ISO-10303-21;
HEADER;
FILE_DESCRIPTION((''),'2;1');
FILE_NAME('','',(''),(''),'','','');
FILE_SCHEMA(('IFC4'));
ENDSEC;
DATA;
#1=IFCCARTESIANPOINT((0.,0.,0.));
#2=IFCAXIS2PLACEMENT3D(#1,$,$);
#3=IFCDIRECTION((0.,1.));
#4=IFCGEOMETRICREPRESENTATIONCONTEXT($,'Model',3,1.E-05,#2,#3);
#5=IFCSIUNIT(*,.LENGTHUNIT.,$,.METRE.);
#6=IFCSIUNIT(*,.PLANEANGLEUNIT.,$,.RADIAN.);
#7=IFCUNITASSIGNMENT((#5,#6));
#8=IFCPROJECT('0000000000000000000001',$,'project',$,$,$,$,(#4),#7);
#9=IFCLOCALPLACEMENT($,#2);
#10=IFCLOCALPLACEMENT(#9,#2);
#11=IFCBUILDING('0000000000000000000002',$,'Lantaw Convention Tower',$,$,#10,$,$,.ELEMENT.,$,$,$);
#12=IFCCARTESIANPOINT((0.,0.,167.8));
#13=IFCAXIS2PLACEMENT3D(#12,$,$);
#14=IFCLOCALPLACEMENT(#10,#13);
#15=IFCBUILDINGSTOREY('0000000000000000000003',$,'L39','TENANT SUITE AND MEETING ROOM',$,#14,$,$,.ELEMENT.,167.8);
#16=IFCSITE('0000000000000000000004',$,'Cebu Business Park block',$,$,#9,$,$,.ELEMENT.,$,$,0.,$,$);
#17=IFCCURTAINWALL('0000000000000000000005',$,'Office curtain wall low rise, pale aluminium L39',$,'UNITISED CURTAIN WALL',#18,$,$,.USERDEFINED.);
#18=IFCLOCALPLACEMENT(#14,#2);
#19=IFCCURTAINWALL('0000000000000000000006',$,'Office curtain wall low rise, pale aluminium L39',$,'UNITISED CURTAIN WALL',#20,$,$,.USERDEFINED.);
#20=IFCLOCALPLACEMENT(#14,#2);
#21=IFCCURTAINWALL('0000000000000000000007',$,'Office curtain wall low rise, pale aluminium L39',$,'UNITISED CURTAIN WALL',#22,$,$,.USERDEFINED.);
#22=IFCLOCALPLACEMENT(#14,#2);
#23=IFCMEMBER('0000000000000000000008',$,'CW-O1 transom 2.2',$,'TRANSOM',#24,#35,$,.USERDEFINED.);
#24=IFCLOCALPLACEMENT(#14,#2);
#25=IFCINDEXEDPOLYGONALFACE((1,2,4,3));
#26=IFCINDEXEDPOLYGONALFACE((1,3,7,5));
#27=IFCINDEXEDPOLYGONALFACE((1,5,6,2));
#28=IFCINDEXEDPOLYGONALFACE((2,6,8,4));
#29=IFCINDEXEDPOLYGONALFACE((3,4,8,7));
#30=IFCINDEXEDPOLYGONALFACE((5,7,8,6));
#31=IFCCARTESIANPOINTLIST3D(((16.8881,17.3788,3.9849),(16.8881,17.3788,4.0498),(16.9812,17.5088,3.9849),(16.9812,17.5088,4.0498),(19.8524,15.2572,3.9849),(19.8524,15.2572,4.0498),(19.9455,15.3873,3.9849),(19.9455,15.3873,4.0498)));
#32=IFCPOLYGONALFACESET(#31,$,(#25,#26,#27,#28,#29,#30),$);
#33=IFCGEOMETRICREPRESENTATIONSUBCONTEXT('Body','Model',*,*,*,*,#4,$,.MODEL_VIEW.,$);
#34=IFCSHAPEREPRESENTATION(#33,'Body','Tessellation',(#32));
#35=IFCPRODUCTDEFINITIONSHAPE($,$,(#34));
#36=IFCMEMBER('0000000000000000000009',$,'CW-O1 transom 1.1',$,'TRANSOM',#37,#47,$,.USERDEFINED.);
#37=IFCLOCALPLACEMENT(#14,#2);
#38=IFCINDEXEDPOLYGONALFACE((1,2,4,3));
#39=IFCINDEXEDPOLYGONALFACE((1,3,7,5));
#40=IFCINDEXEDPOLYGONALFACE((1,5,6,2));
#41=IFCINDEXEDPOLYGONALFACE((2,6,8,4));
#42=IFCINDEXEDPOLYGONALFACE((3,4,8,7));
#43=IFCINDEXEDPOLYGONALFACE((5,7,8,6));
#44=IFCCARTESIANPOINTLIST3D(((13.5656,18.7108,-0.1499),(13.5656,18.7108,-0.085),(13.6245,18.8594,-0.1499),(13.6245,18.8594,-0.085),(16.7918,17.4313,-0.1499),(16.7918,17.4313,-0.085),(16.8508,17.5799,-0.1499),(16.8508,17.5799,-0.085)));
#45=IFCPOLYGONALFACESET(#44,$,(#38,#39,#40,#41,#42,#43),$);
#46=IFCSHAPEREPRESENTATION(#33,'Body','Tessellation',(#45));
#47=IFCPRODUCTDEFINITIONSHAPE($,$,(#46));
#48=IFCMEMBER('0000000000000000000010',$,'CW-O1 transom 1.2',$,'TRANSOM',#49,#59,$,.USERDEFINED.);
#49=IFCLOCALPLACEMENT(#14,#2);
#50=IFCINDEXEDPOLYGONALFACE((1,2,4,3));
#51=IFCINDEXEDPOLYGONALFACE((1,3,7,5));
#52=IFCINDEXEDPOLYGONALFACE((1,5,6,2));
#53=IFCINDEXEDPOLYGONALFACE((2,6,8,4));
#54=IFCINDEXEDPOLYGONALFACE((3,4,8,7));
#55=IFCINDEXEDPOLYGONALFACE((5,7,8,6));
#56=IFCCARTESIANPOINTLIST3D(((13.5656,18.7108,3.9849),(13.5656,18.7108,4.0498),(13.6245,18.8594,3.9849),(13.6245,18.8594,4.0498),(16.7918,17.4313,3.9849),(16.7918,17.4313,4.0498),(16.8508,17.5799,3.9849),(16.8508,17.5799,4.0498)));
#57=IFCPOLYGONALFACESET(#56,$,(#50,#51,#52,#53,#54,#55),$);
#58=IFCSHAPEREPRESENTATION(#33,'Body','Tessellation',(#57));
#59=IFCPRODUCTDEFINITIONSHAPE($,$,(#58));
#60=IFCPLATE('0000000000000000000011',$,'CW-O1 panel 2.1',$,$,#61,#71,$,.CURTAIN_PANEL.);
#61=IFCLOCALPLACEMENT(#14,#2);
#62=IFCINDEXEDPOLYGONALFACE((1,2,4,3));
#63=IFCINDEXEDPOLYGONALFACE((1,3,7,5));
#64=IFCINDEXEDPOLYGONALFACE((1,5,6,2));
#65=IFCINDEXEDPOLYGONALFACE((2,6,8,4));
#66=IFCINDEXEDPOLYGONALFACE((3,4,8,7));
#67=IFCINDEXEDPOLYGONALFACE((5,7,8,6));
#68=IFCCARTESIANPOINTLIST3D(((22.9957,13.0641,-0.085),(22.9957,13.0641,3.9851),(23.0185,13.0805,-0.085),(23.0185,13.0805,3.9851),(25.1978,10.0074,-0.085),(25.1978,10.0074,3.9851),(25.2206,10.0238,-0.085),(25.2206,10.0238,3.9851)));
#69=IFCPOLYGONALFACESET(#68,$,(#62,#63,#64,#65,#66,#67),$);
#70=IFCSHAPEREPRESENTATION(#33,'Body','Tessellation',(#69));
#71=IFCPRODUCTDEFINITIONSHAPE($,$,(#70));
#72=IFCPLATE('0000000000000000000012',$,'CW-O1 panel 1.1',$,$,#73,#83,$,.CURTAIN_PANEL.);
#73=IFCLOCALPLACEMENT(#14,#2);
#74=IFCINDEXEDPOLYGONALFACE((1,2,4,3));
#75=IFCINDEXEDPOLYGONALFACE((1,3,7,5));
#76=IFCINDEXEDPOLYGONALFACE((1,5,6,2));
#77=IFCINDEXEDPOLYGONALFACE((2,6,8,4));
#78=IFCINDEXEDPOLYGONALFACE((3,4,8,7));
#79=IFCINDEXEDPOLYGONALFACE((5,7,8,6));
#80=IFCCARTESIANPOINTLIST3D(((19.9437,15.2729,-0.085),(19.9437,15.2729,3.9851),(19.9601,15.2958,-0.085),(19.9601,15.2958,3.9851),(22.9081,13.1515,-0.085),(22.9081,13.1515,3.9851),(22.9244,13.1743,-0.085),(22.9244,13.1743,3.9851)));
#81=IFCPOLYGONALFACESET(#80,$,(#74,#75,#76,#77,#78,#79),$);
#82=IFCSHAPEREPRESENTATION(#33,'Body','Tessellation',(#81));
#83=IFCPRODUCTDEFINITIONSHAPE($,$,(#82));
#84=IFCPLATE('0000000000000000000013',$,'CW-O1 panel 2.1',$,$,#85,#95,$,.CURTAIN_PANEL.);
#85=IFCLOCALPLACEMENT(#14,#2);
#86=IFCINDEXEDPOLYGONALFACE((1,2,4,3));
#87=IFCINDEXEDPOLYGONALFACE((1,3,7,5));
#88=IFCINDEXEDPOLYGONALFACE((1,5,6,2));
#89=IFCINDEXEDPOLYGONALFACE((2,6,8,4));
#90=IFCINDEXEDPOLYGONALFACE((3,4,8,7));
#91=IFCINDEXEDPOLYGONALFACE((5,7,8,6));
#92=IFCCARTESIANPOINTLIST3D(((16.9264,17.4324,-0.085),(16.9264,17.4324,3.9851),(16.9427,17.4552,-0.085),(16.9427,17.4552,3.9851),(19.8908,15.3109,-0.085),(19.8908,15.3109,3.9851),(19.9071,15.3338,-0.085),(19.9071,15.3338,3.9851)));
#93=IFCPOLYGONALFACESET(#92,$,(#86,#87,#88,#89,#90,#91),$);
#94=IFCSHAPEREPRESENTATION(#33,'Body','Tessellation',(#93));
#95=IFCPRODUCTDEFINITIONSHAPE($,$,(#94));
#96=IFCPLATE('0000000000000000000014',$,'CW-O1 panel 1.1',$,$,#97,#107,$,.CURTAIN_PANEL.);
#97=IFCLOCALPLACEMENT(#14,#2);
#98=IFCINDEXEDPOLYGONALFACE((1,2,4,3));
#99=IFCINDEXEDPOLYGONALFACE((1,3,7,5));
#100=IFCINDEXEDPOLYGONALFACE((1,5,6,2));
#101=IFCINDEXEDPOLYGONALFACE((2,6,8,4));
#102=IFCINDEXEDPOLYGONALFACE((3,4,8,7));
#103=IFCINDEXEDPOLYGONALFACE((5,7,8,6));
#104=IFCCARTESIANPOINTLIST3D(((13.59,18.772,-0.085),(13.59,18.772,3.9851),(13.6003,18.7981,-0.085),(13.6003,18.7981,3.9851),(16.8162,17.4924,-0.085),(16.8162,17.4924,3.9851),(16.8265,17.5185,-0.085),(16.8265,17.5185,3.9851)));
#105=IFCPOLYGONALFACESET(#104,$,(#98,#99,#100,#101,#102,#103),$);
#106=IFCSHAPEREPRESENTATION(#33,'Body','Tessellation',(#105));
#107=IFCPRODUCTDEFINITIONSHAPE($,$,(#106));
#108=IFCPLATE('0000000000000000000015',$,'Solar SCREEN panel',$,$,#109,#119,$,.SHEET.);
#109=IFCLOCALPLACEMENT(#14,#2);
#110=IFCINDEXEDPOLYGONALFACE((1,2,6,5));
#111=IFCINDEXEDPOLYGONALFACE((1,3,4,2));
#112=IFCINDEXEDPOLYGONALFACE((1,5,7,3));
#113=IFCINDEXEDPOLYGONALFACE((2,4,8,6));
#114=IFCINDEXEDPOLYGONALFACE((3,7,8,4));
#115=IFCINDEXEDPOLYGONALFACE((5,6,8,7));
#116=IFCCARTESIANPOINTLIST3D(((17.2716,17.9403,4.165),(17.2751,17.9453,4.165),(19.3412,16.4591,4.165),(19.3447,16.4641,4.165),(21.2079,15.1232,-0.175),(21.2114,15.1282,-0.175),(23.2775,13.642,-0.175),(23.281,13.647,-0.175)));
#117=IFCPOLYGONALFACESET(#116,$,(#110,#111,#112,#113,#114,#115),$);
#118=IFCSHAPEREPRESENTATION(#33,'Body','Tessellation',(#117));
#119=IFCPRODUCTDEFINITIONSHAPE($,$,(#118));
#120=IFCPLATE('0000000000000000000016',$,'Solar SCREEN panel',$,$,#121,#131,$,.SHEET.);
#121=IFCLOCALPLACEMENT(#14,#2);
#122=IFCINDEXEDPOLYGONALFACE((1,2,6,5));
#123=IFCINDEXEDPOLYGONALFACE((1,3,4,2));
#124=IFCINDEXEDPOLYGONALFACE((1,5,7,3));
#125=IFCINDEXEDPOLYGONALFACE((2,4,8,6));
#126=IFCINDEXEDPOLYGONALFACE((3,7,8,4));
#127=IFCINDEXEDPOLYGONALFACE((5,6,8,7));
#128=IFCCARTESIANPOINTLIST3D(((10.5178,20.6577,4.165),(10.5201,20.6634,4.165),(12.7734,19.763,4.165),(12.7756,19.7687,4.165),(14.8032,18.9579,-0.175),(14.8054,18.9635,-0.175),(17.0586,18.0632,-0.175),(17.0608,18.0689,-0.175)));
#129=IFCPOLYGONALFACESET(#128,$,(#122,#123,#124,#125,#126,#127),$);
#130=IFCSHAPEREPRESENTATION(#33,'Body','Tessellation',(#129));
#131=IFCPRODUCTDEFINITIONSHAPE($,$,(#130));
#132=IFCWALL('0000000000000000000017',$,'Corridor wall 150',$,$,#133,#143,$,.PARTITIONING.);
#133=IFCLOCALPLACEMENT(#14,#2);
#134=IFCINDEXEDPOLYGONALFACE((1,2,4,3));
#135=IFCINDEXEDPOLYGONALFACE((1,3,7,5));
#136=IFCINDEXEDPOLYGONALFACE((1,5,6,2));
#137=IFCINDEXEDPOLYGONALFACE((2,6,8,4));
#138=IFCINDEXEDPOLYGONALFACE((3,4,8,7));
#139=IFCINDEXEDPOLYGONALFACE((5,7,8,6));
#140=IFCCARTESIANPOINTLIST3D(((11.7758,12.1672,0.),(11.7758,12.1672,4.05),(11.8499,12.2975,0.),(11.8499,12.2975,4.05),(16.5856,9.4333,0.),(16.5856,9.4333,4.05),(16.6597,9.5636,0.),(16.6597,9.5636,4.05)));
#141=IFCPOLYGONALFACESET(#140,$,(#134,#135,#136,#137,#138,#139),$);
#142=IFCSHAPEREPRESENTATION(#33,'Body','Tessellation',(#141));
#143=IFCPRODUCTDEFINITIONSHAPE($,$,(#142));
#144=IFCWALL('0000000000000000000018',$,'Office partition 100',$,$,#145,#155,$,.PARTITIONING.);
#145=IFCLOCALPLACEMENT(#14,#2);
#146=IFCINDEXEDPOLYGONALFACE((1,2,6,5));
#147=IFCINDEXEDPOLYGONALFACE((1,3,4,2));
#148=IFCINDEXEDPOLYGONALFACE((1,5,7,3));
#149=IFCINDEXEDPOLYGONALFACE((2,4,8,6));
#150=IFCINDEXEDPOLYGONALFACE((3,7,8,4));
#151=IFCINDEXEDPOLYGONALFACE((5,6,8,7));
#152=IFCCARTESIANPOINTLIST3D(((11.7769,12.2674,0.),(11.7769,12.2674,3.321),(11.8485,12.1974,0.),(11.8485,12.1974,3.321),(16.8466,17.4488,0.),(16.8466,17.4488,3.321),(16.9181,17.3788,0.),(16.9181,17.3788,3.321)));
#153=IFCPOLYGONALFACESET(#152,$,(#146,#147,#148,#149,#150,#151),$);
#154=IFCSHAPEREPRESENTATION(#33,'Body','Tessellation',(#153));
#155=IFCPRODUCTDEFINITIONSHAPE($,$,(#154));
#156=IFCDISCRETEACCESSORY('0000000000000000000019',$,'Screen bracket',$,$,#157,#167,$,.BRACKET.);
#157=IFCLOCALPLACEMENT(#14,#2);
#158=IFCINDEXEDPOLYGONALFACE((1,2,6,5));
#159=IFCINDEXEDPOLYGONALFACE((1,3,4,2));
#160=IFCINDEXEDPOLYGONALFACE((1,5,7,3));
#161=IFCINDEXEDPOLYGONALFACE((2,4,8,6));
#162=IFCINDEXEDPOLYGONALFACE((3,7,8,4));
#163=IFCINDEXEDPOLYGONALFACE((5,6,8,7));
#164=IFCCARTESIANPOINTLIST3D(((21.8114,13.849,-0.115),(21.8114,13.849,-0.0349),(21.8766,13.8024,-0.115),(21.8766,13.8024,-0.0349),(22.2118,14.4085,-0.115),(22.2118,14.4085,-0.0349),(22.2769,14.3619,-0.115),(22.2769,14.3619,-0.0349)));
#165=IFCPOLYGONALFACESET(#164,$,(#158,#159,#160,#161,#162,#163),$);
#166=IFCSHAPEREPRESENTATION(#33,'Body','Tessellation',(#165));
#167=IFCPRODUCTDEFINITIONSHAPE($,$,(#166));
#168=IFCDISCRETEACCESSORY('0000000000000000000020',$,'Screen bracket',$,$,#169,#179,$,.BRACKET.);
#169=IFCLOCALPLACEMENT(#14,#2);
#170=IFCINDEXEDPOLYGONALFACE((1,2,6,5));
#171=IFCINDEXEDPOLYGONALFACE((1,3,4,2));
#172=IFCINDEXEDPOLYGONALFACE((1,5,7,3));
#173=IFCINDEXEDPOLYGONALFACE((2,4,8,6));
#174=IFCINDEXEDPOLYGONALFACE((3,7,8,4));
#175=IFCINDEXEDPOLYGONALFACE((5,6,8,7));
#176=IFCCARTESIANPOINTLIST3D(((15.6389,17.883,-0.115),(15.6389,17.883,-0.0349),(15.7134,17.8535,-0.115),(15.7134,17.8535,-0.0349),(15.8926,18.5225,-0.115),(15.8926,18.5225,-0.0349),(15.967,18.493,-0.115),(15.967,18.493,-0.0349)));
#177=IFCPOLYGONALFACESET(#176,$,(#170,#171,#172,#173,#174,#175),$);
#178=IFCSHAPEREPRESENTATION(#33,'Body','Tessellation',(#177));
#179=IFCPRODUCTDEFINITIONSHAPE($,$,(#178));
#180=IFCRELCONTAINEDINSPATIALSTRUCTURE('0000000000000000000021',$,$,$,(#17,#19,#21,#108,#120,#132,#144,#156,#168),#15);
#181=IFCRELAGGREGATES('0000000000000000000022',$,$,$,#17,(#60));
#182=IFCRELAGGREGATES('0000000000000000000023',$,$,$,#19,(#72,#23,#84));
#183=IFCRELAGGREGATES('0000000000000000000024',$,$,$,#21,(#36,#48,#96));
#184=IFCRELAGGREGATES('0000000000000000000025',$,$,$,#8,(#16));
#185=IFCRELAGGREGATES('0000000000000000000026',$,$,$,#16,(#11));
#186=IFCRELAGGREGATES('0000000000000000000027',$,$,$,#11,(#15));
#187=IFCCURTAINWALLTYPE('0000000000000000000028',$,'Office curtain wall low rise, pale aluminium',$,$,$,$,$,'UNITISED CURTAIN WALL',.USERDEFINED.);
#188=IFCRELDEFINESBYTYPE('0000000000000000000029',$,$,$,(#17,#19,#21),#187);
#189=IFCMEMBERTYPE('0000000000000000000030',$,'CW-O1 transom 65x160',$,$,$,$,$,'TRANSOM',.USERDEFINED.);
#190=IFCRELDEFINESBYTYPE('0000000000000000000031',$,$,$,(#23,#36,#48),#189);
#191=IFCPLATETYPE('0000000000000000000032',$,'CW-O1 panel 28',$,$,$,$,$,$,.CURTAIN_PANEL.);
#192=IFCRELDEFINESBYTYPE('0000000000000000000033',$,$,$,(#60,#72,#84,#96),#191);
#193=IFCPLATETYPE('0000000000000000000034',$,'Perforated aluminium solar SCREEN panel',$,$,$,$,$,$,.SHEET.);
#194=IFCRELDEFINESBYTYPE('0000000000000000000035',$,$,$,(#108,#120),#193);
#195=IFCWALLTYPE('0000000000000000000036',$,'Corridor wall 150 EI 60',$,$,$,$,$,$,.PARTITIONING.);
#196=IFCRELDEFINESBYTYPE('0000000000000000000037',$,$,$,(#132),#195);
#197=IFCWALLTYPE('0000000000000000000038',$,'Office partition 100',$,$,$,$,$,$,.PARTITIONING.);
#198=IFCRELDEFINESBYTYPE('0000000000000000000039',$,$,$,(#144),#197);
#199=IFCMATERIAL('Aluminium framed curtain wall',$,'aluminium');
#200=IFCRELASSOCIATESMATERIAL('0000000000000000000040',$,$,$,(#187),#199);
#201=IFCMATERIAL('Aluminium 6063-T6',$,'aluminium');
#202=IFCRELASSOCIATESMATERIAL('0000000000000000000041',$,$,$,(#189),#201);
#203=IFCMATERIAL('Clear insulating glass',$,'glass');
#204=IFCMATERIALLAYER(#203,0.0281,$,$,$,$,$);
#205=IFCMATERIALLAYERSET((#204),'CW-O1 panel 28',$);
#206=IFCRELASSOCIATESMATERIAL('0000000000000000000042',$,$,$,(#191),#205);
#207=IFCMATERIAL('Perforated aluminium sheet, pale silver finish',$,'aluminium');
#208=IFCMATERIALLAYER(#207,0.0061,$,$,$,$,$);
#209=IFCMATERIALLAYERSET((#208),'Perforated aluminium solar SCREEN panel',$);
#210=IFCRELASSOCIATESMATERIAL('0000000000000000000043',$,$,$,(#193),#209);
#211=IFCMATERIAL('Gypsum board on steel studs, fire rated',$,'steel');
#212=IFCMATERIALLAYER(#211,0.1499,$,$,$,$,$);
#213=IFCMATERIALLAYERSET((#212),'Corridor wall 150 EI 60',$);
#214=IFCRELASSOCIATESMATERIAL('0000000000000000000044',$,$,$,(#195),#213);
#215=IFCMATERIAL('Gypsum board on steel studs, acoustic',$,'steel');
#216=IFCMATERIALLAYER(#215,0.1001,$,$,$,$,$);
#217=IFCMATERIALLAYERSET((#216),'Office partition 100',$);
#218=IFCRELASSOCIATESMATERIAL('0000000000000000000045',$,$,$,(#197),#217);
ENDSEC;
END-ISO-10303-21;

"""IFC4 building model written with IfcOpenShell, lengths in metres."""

from ifc_helpers import new_model, si_unit, direction, frame, frame_2d, origin, origin_2d, place, context, subcontext, project, spatial, polyline, rectangle, outline, extrude, material, layer, layer_set, material_profile, profile_set, type_object, element, aggregate, save


model = new_model("IFC4")

# Units and contexts
model_context = context("Model", 3, precision=1e-05, world=origin(), true_north=direction((0.0, 1.0)))
body_context = subcontext(model_context, "Body", "Model", "MODEL_VIEW")
ifc_project = project(units=[si_unit("LENGTHUNIT", "METRE"), si_unit("PLANEANGLEUNIT", "RADIAN")], contexts=[model_context])

# Site, building, storey
site_placement = place(None, origin())
site = spatial("IfcSite", under=ifc_project, at=site_placement, Name="Cebu Business Park block", CompositionType="ELEMENT", RefElevation=0.0)
building_placement = place(site_placement, origin())
building = spatial("IfcBuilding", under=site, at=building_placement, Name="Lantaw Convention Tower", CompositionType="ELEMENT")
storey_placement = place(building_placement, frame((0.0, 0.0, 167.8)))
storey = spatial("IfcBuildingStorey", under=building, at=storey_placement, Name="L39", Description="TENANT SUITE AND MEETING ROOM", CompositionType="ELEMENT", Elevation=167.8)

# Curtain walls
ifc_material_1 = material(Name="Aluminium framed curtain wall", Category="aluminium")
curtain_wall_type = type_object("IfcCurtainWallType", Name="Office curtain wall low rise, pale aluminium", ElementType="UNITISED CURTAIN WALL", PredefinedType="USERDEFINED", material=ifc_material_1)
curtain_wall_1_placement = place(storey_placement, origin())
curtain_wall_1 = element("IfcCurtainWall", 1, at=curtain_wall_1_placement, inside=storey, type_object=curtain_wall_type, Name="Office curtain wall low rise, pale aluminium L39", ObjectType="UNITISED CURTAIN WALL", PredefinedType="USERDEFINED")
ifc_material_2 = material(Name="Aluminium 6063-T6", Category="aluminium")
curtain_wall_2_placement = place(storey_placement, origin())
curtain_wall_2 = element("IfcCurtainWall", 2, at=curtain_wall_2_placement, inside=storey, type_object=curtain_wall_type, Name="Office curtain wall low rise, pale aluminium L39", ObjectType="UNITISED CURTAIN WALL", PredefinedType="USERDEFINED")

# Curtain wall
curtain_wall_3_placement = place(storey_placement, origin())
curtain_wall_3 = element("IfcCurtainWall", 3, at=curtain_wall_3_placement, inside=storey, type_object=curtain_wall_type, Name="Office curtain wall low rise, pale aluminium L39", ObjectType="UNITISED CURTAIN WALL", PredefinedType="USERDEFINED")

# Members
ifc_material_profile_1 = material_profile(ifc_material_2, rectangle(XDim=0.1599, YDim=0.0649, at=origin_2d()), Name="CW-O1 transom 65x160")
ifc_profile_set_1 = profile_set([ifc_material_profile_1], Name="Aluminium 6063-T6")
member_type_1 = type_object("IfcMemberType", Name="CW-O1 transom 65x160", ElementType="TRANSOM", PredefinedType="USERDEFINED", material=ifc_profile_set_1)
member_1_placement = place(storey_placement, frame((19.8989, 15.3223, 4.0173), z_axis=(-0.81319, 0.581998, 0.0), x_axis=(-0.581998, -0.81319, 0.0)))
member_1 = element("IfcMember", 4, at=member_1_placement, type_object=member_type_1, Name="CW-O1 transom 2.2", ObjectType="TRANSOM", PredefinedType="USERDEFINED", context=body_context, shape_type="SweptSolid", body=[
    extrude(rectangle(XDim=0.1599, YDim=0.0649, at=origin_2d()), origin(), (0.0, 0.0, 1.0), 3.6453),
])
member_2_placement = place(storey_placement, frame((16.8213, 17.5056, -0.1174), z_axis=(-0.929564, 0.36866, 0.0), x_axis=(-0.36866, -0.929564, 0.0)))
member_2 = element("IfcMember", 5, at=member_2_placement, type_object=member_type_1, Name="CW-O1 transom 1.1", ObjectType="TRANSOM", PredefinedType="USERDEFINED", context=body_context, shape_type="SweptSolid", body=[
    extrude(rectangle(XDim=0.1599, YDim=0.0649, at=origin_2d()), origin(), (0.0, 0.0, 1.0), 3.4707),
])
member_3_placement = place(storey_placement, frame((16.8213, 17.5056, 4.0173), z_axis=(-0.929564, 0.36866, 0.0), x_axis=(-0.36866, -0.929564, 0.0)))
member_3 = element("IfcMember", 6, at=member_3_placement, type_object=member_type_1, Name="CW-O1 transom 1.2", ObjectType="TRANSOM", PredefinedType="USERDEFINED", context=body_context, shape_type="SweptSolid", body=[
    extrude(rectangle(XDim=0.1599, YDim=0.0649, at=origin_2d()), origin(), (0.0, 0.0, 1.0), 3.4707),
])

# Plates
ifc_material_3 = material(Name="Clear insulating glass", Category="glass")
ifc_layer_1 = layer(ifc_material_3, 0.0281)
ifc_layer_set_1 = layer_set([ifc_layer_1], Name="CW-O1 panel 28")
plate_type_1 = type_object("IfcPlateType", Name="CW-O1 panel 28", PredefinedType="CURTAIN_PANEL", material=ifc_layer_set_1)
plate_1_placement = place(storey_placement, frame((24.1082, 11.5439, -0.085), z_axis=(0.0, 0.0, 1.0), x_axis=(-0.584513, 0.811385, 0.0)))
plate_1 = element("IfcPlate", 7, at=plate_1_placement, type_object=plate_type_1, Name="CW-O1 panel 2.1", PredefinedType="CURTAIN_PANEL", context=body_context, shape_type="SweptSolid", body=[
    extrude(rectangle(XDim=3.7673, YDim=0.0281, at=origin_2d()), origin(), (0.0, 0.0, 1.0), 4.0701),
])
aggregate(curtain_wall_1, [plate_1])
plate_2_placement = place(storey_placement, frame((21.4341, 14.2236, -0.085), z_axis=(0.0, 0.0, 1.0), x_axis=(-0.813208, 0.581973, 0.0)))
plate_2 = element("IfcPlate", 8, at=plate_2_placement, type_object=plate_type_1, Name="CW-O1 panel 1.1", PredefinedType="CURTAIN_PANEL", context=body_context, shape_type="SweptSolid", body=[
    extrude(rectangle(XDim=3.6453, YDim=0.0281, at=origin_2d()), origin(), (0.0, 0.0, 1.0), 4.0701),
])
plate_3_placement = place(storey_placement, frame((18.4167, 16.3831, -0.085), z_axis=(0.0, 0.0, 1.0), x_axis=(-0.813208, 0.581973, 0.0)))
plate_3 = element("IfcPlate", 9, at=plate_3_placement, type_object=plate_type_1, Name="CW-O1 panel 2.1", PredefinedType="CURTAIN_PANEL", context=body_context, shape_type="SweptSolid", body=[
    extrude(rectangle(XDim=3.6453, YDim=0.0281, at=origin_2d()), origin(), (0.0, 0.0, 1.0), 4.0701),
])
aggregate(curtain_wall_2, [plate_2, member_1, plate_3])
plate_4_placement = place(storey_placement, frame((15.2083, 18.1453, -0.085), z_axis=(0.0, 0.0, 1.0), x_axis=(-0.929548, 0.368702, 0.0)))
plate_4 = element("IfcPlate", 10, at=plate_4_placement, type_object=plate_type_1, Name="CW-O1 panel 1.1", PredefinedType="CURTAIN_PANEL", context=body_context, shape_type="SweptSolid", body=[
    extrude(rectangle(XDim=3.4707, YDim=0.0281, at=origin_2d()), origin(), (0.0, 0.0, 1.0), 4.0701),
])
aggregate(curtain_wall_3, [member_2, member_3, plate_4])

# Plates
ifc_material_4 = material(Name="Perforated aluminium sheet, pale silver finish", Category="aluminium")
ifc_layer_2 = layer(ifc_material_4, 0.0061)
ifc_layer_set_2 = layer_set([ifc_layer_2], Name="Perforated aluminium solar SCREEN panel")
plate_type_2 = type_object("IfcPlateType", Name="Perforated aluminium solar SCREEN panel", PredefinedType="SHEET", material=ifc_layer_set_2)
plate_5_placement = place(storey_placement, frame((23.281, 13.647, -0.175), z_axis=(0.582, 0.813189, 0.000012), x_axis=(-0.813189, 0.582, 0.0)))
element("IfcPlate", 11, at=plate_5_placement, inside=storey, type_object=plate_type_2, Name="Solar SCREEN panel", PredefinedType="SHEET", context=body_context, shape_type="SweptSolid", body=[
    extrude(outline(polyline([(0.0, 0.0), (2.545, 0.0), (7.3855, 4.3401), (4.8405, 4.3401), (0.0, 0.0)])), origin(), (0.0, 0.0, -1.0), 0.0061),
])
plate_6_placement = place(storey_placement, frame((17.0586, 18.0632, -0.175), z_axis=(-0.368709, -0.929545, 0.000011), x_axis=(-0.929545, 0.368709, 0.0)))
element("IfcPlate", 12, at=plate_6_placement, inside=storey, type_object=plate_type_2, Name="Solar SCREEN panel", PredefinedType="SHEET", context=body_context, shape_type="SweptSolid", body=[
    extrude(outline(polyline([(0.0, 0.0), (2.4264, 0.0), (7.0365, -4.3401), (4.61, -4.3401), (0.0, 0.0)])), origin(), (0.0, 0.0, -1.0), 0.0061),
])

# Walls
ifc_material_5 = material(Name="Gypsum board on steel studs, fire rated", Category="steel")
ifc_layer_3 = layer(ifc_material_5, 0.1499)
ifc_layer_set_3 = layer_set([ifc_layer_3], Name="Corridor wall 150 EI 60")
wall_type_1 = type_object("IfcWallType", Name="Corridor wall 150 EI 60", PredefinedType="PARTITIONING", material=ifc_layer_set_3)
wall_1_placement = place(storey_placement, frame((16.6226, 9.4985, 0.0), z_axis=(0.0, 0.0, 1.0), x_axis=(-0.869376, 0.494151, 0.0)))
element("IfcWall", 13, at=wall_1_placement, inside=storey, type_object=wall_type_1, Name="Corridor wall 150", PredefinedType="PARTITIONING", context=body_context, shape_type="SweptSolid", body=[
    extrude(rectangle(XDim=5.5325, YDim=0.1499, at=frame_2d((2.7661, 0.0))), origin(), (0.0, 0.0, 1.0), 4.05),
])
ifc_material_6 = material(Name="Gypsum board on steel studs, acoustic", Category="steel")
ifc_layer_4 = layer(ifc_material_6, 0.1001)
ifc_layer_set_4 = layer_set([ifc_layer_4], Name="Office partition 100")
wall_type_2 = type_object("IfcWallType", Name="Office partition 100", PredefinedType="PARTITIONING", material=ifc_layer_set_4)
wall_2_placement = place(storey_placement, frame((16.8823, 17.4138, 0.0), z_axis=(0.0, 0.0, 1.0), x_axis=(-0.699352, -0.714777, 0.0)))
element("IfcWall", 14, at=wall_2_placement, inside=storey, type_object=wall_type_2, Name="Office partition 100", PredefinedType="PARTITIONING", context=body_context, shape_type="SweptSolid", body=[
    extrude(rectangle(XDim=7.249, YDim=0.1001, at=frame_2d((3.6245, 0.0))), origin(), (0.0, 0.0, 1.0), 3.321),
])

# Discrete accessories
for number, where, z_axis, x_axis, name in (
    (15, (22.0442, 14.1055, -0.115), (0.0, 0.0, 1.0), (-0.813208, 0.581973, 0.0), "Screen bracket"),
    (16, (15.803, 18.188, -0.115), (0.0, 0.0, 1.0), (-0.929548, 0.368702, 0.0), "Screen bracket"),
):
    element("IfcDiscreteAccessory", number, at=place(storey_placement, frame(where, z_axis=z_axis, x_axis=x_axis)), inside=storey, Name=name, PredefinedType="BRACKET", context=body_context, shape_type="SweptSolid", body=[
        extrude(rectangle(XDim=0.0801, YDim=0.688, at=origin_2d()), origin(), (0.0, 0.0, 1.0), 0.0801),
    ])

save(model, "model.ifc")
